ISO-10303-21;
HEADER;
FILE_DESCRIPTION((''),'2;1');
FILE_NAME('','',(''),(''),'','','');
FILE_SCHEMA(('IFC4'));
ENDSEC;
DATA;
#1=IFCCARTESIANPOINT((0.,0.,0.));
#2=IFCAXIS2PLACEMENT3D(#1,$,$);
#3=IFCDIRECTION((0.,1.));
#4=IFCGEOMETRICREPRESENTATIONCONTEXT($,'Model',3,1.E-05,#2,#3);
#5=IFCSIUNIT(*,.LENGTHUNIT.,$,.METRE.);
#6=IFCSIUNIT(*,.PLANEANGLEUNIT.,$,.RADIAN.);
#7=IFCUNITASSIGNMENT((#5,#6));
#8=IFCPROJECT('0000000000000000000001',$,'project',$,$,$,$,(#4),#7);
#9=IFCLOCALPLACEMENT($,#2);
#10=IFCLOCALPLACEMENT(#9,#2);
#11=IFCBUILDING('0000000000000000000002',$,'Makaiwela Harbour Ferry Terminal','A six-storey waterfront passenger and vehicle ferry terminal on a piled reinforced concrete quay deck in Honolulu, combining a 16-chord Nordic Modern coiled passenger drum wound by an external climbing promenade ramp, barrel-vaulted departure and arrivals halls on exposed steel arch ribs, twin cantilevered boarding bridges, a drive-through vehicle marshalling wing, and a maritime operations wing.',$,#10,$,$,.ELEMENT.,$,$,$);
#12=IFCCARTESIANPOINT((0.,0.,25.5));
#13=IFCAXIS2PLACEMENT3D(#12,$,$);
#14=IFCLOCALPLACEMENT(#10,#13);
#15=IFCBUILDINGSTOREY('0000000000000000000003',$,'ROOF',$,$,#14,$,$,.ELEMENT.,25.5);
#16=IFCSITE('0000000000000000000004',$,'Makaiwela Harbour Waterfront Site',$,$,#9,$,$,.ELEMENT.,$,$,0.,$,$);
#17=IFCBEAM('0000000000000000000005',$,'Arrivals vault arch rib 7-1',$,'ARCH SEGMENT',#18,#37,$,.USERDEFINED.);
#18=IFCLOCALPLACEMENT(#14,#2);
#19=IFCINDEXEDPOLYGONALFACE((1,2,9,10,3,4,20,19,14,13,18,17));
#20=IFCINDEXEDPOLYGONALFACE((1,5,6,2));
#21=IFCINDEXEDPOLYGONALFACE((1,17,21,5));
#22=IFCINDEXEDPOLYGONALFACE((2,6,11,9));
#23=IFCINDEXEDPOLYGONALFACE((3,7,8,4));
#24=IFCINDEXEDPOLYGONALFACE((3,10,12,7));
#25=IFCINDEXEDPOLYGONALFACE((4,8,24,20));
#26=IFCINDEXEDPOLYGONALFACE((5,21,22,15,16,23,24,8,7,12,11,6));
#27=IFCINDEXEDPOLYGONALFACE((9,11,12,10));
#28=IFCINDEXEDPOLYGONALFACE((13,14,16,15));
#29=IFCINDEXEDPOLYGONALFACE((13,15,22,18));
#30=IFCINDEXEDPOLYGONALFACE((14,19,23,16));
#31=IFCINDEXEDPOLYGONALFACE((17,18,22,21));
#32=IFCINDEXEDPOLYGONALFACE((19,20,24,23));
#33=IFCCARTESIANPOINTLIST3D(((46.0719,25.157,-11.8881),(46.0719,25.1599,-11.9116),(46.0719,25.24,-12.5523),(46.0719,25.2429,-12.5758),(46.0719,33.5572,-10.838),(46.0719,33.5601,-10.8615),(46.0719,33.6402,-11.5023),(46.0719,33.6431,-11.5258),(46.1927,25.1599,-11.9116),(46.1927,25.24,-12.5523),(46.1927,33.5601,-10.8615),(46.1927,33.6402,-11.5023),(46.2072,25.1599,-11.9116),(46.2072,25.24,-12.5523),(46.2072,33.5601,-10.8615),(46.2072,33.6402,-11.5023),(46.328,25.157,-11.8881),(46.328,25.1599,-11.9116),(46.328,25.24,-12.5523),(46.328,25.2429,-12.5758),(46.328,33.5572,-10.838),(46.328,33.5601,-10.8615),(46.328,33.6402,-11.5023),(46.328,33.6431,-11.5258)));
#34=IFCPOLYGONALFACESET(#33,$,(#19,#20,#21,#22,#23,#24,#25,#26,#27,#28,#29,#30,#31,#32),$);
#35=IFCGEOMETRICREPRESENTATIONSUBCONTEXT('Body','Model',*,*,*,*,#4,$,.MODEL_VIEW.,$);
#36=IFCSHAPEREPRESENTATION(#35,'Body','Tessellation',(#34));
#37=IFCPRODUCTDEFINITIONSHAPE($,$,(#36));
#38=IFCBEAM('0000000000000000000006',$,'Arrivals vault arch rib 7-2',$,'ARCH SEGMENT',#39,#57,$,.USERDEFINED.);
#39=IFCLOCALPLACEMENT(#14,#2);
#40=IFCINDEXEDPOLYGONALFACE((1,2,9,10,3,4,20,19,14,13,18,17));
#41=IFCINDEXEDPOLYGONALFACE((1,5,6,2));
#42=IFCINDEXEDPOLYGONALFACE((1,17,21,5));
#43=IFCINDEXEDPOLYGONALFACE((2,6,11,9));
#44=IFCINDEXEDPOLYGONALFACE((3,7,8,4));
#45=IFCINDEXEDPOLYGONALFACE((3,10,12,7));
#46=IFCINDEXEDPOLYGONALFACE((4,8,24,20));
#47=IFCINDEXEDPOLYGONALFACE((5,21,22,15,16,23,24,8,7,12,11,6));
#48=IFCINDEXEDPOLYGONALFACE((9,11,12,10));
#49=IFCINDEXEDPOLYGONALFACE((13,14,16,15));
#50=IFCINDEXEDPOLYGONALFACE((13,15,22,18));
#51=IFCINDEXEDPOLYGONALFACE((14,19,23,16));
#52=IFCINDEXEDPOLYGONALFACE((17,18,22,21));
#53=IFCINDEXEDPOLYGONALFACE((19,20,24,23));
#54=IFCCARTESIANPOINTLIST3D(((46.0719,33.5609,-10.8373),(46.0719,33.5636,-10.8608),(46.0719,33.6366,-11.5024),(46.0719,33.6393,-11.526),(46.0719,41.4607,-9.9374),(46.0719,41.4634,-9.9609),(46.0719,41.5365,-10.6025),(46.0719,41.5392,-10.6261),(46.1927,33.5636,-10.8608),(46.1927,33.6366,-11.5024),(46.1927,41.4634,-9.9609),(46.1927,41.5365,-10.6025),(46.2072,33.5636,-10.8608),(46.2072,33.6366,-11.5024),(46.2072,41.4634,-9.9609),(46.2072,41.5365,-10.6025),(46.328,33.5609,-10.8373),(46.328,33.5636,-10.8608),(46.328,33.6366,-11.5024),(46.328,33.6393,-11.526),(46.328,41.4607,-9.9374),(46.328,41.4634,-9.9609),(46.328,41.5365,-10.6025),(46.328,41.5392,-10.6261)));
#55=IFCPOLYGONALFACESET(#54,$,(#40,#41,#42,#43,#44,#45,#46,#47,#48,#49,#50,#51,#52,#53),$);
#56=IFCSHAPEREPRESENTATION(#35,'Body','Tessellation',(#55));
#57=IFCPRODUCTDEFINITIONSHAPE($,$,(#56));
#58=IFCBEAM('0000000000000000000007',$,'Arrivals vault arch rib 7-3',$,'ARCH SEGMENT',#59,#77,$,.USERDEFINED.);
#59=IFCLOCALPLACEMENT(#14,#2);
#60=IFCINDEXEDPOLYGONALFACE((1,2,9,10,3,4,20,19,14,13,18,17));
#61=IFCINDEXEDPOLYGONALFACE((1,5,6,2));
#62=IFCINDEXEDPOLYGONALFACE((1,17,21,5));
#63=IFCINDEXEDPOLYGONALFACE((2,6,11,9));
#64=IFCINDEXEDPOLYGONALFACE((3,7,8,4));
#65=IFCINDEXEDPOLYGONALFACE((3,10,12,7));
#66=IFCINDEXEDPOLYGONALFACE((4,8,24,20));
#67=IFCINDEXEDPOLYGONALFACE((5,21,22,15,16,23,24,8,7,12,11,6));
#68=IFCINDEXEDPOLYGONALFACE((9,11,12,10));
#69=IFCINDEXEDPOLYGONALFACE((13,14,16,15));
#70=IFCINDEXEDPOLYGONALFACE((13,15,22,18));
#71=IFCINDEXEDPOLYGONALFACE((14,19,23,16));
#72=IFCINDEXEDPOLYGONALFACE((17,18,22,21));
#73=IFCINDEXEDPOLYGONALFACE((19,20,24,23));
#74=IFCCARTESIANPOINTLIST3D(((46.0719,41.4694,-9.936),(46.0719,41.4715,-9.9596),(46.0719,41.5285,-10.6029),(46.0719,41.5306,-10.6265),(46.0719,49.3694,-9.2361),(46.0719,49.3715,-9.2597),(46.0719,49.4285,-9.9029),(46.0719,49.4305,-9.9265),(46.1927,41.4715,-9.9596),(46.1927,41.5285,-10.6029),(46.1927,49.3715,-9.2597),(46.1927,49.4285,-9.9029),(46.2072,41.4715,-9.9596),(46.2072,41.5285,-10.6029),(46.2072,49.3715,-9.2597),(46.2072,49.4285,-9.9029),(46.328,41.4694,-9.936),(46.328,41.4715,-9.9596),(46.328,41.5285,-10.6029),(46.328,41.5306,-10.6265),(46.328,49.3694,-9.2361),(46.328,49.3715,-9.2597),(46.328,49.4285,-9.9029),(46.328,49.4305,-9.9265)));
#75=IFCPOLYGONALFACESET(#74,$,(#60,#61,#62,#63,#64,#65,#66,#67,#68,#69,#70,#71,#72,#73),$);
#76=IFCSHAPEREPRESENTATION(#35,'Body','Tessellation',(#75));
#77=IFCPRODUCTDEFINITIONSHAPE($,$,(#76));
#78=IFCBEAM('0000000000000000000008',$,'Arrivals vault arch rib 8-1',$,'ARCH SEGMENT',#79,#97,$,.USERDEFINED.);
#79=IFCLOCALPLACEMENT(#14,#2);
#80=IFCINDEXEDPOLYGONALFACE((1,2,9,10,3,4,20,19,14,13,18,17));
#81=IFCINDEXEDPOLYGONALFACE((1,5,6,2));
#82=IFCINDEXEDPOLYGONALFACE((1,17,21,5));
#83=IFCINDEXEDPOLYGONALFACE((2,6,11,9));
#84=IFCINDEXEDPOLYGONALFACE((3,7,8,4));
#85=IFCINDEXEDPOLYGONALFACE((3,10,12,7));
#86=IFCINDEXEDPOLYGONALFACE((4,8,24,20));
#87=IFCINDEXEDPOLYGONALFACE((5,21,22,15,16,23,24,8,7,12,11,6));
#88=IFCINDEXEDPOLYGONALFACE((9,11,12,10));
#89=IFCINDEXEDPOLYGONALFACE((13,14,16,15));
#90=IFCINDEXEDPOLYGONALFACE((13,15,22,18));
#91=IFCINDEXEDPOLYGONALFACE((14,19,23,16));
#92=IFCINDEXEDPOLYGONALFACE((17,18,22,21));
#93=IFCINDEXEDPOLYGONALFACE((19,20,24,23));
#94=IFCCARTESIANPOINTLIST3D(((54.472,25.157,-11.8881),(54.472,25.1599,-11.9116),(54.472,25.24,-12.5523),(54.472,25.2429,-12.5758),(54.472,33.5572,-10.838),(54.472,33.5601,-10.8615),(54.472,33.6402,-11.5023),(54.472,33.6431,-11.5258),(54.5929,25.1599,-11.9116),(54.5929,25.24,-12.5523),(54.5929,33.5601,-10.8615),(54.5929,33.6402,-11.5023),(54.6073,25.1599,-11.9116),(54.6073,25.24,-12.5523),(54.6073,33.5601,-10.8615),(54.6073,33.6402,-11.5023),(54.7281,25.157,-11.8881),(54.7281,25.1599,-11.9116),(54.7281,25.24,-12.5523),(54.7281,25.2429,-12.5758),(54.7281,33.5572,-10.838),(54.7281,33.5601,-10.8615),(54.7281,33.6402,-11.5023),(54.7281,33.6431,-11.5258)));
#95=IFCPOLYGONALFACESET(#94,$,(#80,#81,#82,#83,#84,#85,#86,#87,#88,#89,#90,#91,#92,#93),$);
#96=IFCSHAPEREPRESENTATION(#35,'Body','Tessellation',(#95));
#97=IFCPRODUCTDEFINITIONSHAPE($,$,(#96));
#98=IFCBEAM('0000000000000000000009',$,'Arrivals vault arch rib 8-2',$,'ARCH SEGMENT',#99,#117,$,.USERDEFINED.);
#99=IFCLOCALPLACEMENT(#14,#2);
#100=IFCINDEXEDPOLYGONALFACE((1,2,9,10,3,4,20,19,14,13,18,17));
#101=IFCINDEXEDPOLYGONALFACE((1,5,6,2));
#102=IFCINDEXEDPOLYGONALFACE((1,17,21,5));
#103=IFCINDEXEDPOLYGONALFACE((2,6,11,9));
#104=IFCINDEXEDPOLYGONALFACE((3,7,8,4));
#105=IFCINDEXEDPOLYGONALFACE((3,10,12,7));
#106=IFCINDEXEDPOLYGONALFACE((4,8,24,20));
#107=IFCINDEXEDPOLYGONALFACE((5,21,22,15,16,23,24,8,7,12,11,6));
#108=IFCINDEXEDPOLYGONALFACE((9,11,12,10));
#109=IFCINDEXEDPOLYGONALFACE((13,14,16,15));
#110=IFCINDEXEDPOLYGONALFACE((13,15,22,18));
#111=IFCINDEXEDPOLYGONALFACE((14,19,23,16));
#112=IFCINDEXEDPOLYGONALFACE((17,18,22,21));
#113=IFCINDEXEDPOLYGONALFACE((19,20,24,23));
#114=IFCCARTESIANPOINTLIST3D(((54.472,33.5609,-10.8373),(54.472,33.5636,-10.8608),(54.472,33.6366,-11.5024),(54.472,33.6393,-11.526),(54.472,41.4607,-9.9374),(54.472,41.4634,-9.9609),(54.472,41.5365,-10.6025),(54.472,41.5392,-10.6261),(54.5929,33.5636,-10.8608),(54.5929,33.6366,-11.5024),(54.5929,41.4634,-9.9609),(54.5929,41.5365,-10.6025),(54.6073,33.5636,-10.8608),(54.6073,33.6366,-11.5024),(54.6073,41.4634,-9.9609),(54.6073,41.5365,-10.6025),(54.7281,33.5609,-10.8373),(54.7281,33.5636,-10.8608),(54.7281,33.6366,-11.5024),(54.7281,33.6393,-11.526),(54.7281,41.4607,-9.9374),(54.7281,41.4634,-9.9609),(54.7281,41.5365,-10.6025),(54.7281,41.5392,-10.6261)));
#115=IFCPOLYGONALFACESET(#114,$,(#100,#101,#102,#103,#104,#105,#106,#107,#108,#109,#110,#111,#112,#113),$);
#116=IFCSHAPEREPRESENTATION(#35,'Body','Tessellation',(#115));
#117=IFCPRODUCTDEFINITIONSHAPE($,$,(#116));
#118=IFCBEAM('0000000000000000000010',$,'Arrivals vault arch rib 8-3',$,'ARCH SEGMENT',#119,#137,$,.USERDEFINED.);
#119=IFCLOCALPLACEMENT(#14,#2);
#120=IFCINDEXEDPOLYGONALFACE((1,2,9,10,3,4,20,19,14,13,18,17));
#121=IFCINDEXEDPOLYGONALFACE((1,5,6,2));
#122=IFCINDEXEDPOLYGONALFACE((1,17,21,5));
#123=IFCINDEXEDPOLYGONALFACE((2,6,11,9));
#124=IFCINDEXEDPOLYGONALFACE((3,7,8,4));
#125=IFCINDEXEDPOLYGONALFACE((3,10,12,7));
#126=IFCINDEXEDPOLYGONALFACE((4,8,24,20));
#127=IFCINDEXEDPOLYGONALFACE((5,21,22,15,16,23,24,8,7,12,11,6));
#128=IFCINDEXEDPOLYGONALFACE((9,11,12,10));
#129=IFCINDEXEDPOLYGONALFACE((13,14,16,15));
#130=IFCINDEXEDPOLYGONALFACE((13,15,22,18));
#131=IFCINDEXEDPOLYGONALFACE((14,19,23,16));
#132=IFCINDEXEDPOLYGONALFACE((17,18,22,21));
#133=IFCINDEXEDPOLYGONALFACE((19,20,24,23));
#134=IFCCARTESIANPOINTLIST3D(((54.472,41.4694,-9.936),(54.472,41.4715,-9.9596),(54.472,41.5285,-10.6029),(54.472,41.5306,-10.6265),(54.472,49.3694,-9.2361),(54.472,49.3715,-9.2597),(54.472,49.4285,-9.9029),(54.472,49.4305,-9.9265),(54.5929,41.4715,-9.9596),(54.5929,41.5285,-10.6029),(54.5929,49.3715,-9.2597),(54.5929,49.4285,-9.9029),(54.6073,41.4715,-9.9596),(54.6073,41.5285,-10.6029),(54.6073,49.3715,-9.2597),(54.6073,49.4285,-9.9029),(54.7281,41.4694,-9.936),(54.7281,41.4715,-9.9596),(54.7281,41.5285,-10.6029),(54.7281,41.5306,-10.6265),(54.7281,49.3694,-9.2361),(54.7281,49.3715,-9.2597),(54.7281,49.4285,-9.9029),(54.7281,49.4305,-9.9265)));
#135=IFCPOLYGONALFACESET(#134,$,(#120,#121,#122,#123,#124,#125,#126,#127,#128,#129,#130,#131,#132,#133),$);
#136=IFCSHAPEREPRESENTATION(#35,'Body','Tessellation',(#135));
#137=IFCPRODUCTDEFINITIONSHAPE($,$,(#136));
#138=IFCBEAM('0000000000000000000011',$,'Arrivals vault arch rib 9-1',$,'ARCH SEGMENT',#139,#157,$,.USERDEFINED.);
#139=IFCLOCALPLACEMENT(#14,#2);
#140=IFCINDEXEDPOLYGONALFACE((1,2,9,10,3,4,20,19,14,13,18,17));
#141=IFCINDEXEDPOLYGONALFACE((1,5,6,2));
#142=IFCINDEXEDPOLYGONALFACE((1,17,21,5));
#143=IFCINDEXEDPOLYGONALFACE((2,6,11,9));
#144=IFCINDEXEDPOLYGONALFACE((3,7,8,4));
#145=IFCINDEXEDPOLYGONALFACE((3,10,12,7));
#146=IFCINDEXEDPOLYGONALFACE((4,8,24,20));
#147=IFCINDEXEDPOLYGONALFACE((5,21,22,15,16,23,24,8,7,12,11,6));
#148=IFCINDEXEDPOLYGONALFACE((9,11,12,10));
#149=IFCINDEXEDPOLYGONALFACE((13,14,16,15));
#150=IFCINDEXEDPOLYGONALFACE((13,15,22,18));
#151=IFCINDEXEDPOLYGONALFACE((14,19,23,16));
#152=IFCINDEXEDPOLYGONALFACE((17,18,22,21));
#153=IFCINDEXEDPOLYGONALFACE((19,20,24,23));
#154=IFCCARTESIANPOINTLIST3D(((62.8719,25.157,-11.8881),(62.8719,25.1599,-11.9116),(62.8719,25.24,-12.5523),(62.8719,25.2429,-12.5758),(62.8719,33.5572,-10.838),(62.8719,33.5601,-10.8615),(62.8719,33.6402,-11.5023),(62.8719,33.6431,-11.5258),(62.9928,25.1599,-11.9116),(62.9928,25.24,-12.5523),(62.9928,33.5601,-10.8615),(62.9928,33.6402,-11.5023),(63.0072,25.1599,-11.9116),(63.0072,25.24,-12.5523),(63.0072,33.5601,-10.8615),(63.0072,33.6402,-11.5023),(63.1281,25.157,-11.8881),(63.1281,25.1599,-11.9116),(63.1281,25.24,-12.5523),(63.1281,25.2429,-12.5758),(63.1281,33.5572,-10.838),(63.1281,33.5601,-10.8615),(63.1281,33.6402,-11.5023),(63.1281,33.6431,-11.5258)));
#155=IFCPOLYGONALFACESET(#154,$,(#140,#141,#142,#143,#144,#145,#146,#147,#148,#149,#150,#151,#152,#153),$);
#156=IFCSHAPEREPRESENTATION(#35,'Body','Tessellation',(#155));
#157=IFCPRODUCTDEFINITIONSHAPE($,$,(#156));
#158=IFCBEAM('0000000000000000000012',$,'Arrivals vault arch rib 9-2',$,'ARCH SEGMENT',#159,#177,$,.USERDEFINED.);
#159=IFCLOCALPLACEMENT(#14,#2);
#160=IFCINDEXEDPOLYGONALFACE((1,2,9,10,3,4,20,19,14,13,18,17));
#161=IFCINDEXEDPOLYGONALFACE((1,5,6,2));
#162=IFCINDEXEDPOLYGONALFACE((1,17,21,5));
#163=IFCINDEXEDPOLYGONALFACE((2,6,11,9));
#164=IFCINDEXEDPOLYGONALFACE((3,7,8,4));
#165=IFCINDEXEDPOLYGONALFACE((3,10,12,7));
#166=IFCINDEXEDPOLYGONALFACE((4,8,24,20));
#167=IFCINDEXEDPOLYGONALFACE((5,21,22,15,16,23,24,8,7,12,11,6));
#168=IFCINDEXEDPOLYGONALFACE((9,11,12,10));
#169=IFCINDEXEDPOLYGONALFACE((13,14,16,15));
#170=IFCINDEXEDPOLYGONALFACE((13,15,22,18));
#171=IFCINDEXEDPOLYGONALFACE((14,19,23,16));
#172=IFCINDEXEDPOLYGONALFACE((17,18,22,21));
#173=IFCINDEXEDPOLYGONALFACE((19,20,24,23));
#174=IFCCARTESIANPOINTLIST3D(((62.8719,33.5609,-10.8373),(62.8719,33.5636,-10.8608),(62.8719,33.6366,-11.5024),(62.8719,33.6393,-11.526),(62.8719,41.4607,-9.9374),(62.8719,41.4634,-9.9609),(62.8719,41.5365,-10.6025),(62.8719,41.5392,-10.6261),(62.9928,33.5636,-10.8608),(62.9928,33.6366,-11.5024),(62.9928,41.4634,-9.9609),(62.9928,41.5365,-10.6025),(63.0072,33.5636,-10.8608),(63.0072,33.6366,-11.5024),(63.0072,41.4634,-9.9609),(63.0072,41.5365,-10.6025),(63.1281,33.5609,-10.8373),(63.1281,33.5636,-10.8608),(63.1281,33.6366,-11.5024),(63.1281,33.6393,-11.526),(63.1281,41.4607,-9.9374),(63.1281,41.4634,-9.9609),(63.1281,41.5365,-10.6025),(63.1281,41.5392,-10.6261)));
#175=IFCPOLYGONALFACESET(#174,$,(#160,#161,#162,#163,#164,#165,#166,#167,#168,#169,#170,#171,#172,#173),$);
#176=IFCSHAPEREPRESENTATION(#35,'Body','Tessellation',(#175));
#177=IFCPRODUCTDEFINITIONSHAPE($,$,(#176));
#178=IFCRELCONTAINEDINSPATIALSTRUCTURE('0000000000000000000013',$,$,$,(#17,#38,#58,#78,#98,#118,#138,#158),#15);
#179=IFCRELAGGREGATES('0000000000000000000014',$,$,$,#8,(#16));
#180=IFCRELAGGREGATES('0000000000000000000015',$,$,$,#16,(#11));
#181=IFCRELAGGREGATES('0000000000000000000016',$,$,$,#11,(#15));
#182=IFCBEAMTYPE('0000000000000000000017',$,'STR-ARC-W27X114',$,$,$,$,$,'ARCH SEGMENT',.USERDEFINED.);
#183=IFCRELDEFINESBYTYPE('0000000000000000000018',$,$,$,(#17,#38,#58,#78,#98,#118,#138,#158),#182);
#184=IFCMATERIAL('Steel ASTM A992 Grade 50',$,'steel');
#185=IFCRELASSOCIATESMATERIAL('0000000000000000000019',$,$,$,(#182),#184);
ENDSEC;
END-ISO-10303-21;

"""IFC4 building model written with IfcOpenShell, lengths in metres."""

from ifc_helpers import new_model, si_unit, direction, frame, origin, origin_2d, place, context, subcontext, project, spatial, i_section, extrude, material, material_profile, profile_set, type_object, element, save


model = new_model("IFC4")

# Units and contexts
model_context = context("Model", 3, precision=1e-05, world=origin(), true_north=direction((0.0, 1.0)))
body_context = subcontext(model_context, "Body", "Model", "MODEL_VIEW")
ifc_project = project(units=[si_unit("LENGTHUNIT", "METRE"), si_unit("PLANEANGLEUNIT", "RADIAN")], contexts=[model_context])

# Site, building, storey
site_placement = place(None, origin())
site = spatial("IfcSite", under=ifc_project, at=site_placement, Name="Makaiwela Harbour Waterfront Site", CompositionType="ELEMENT", RefElevation=0.0)
building_placement = place(site_placement, origin())
building = spatial("IfcBuilding", under=site, at=building_placement, Name="Makaiwela Harbour Ferry Terminal", Description="A six-storey waterfront passenger and vehicle ferry terminal on a piled reinforced concrete quay deck in Honolulu, combining a 16-chord Nordic Modern coiled passenger drum wound by an external climbing promenade ramp, barrel-vaulted departure and arrivals halls on exposed steel arch ribs, twin cantilevered boarding bridges, a drive-through vehicle marshalling wing, and a maritime operations wing.", CompositionType="ELEMENT")
storey_placement = place(building_placement, frame((0.0, 0.0, 25.5)))
storey = spatial("IfcBuildingStorey", under=building, at=storey_placement, Name="ROOF", CompositionType="ELEMENT", Elevation=25.5)

# Beams
ifc_material_1 = material(Name="Steel ASTM A992 Grade 50", Category="steel")
ifc_material_profile_1 = material_profile(ifc_material_1, i_section(OverallWidth=0.2561, OverallDepth=0.6931, WebThickness=0.0144, FlangeThickness=0.0237, at=origin_2d()), Name="W27X114")
ifc_profile_set_1 = profile_set([ifc_material_profile_1], Name="Steel ASTM A992 Grade 50")
beam_type = type_object("IfcBeamType", Name="STR-ARC-W27X114", ElementType="ARCH SEGMENT", PredefinedType="USERDEFINED", material=ifc_profile_set_1)
beam_1_placement = place(storey_placement, frame((46.2, 25.2, -12.2319), z_axis=(0.0, 0.992277, 0.124038), x_axis=(-1.0, 0.0, 0.0)))
element("IfcBeam", 1, at=beam_1_placement, inside=storey, type_object=beam_type, Name="Arrivals vault arch rib 7-1", ObjectType="ARCH SEGMENT", PredefinedType="USERDEFINED", context=body_context, shape_type="SweptSolid", body=[
    extrude(i_section(OverallWidth=0.2561, OverallDepth=0.6931, WebThickness=0.0144, FlangeThickness=0.0237, at=origin_2d()), origin(), (0.0, 0.0, 1.0), 8.4656),
])
beam_2_placement = place(storey_placement, frame((46.2, 33.6001, -11.1816), z_axis=(0.0, 0.993574, 0.113181), x_axis=(-1.0, 0.0, 0.0)))
element("IfcBeam", 2, at=beam_2_placement, inside=storey, type_object=beam_type, Name="Arrivals vault arch rib 7-2", ObjectType="ARCH SEGMENT", PredefinedType="USERDEFINED", context=body_context, shape_type="SweptSolid", body=[
    extrude(i_section(OverallWidth=0.2561, OverallDepth=0.6931, WebThickness=0.0144, FlangeThickness=0.0237, at=origin_2d()), origin(), (0.0, 0.0, 1.0), 7.9509),
])
beam_3_placement = place(storey_placement, frame((46.2, 41.5, -10.2812), z_axis=(0.0, 0.996098, 0.088257), x_axis=(-1.0, 0.0, 0.0)))
element("IfcBeam", 3, at=beam_3_placement, inside=storey, type_object=beam_type, Name="Arrivals vault arch rib 7-3", ObjectType="ARCH SEGMENT", PredefinedType="USERDEFINED", context=body_context, shape_type="SweptSolid", body=[
    extrude(i_section(OverallWidth=0.2561, OverallDepth=0.6931, WebThickness=0.0144, FlangeThickness=0.0237, at=origin_2d()), origin(), (0.0, 0.0, 1.0), 7.9309),
])
beam_4_placement = place(storey_placement, frame((54.6001, 25.2, -12.2319), z_axis=(0.0, 0.992277, 0.124038), x_axis=(-1.0, 0.0, 0.0)))
element("IfcBeam", 4, at=beam_4_placement, inside=storey, type_object=beam_type, Name="Arrivals vault arch rib 8-1", ObjectType="ARCH SEGMENT", PredefinedType="USERDEFINED", context=body_context, shape_type="SweptSolid", body=[
    extrude(i_section(OverallWidth=0.2561, OverallDepth=0.6931, WebThickness=0.0144, FlangeThickness=0.0237, at=origin_2d()), origin(), (0.0, 0.0, 1.0), 8.4656),
])
beam_5_placement = place(storey_placement, frame((54.6001, 33.6001, -11.1816), z_axis=(0.0, 0.993574, 0.113181), x_axis=(-1.0, 0.0, 0.0)))
element("IfcBeam", 5, at=beam_5_placement, inside=storey, type_object=beam_type, Name="Arrivals vault arch rib 8-2", ObjectType="ARCH SEGMENT", PredefinedType="USERDEFINED", context=body_context, shape_type="SweptSolid", body=[
    extrude(i_section(OverallWidth=0.2561, OverallDepth=0.6931, WebThickness=0.0144, FlangeThickness=0.0237, at=origin_2d()), origin(), (0.0, 0.0, 1.0), 7.9509),
])
beam_6_placement = place(storey_placement, frame((54.6001, 41.5, -10.2812), z_axis=(0.0, 0.996098, 0.088257), x_axis=(-1.0, 0.0, 0.0)))
element("IfcBeam", 6, at=beam_6_placement, inside=storey, type_object=beam_type, Name="Arrivals vault arch rib 8-3", ObjectType="ARCH SEGMENT", PredefinedType="USERDEFINED", context=body_context, shape_type="SweptSolid", body=[
    extrude(i_section(OverallWidth=0.2561, OverallDepth=0.6931, WebThickness=0.0144, FlangeThickness=0.0237, at=origin_2d()), origin(), (0.0, 0.0, 1.0), 7.9309),
])
beam_7_placement = place(storey_placement, frame((63.0, 25.2, -12.2319), z_axis=(0.0, 0.992277, 0.124038), x_axis=(-1.0, 0.0, 0.0)))
element("IfcBeam", 7, at=beam_7_placement, inside=storey, type_object=beam_type, Name="Arrivals vault arch rib 9-1", ObjectType="ARCH SEGMENT", PredefinedType="USERDEFINED", context=body_context, shape_type="SweptSolid", body=[
    extrude(i_section(OverallWidth=0.2561, OverallDepth=0.6931, WebThickness=0.0144, FlangeThickness=0.0237, at=origin_2d()), origin(), (0.0, 0.0, 1.0), 8.4656),
])
beam_8_placement = place(storey_placement, frame((63.0, 33.6001, -11.1816), z_axis=(0.0, 0.993574, 0.113181), x_axis=(-1.0, 0.0, 0.0)))
element("IfcBeam", 8, at=beam_8_placement, inside=storey, type_object=beam_type, Name="Arrivals vault arch rib 9-2", ObjectType="ARCH SEGMENT", PredefinedType="USERDEFINED", context=body_context, shape_type="SweptSolid", body=[
    extrude(i_section(OverallWidth=0.2561, OverallDepth=0.6931, WebThickness=0.0144, FlangeThickness=0.0237, at=origin_2d()), origin(), (0.0, 0.0, 1.0), 7.9509),
])

save(model, "model.ifc")
